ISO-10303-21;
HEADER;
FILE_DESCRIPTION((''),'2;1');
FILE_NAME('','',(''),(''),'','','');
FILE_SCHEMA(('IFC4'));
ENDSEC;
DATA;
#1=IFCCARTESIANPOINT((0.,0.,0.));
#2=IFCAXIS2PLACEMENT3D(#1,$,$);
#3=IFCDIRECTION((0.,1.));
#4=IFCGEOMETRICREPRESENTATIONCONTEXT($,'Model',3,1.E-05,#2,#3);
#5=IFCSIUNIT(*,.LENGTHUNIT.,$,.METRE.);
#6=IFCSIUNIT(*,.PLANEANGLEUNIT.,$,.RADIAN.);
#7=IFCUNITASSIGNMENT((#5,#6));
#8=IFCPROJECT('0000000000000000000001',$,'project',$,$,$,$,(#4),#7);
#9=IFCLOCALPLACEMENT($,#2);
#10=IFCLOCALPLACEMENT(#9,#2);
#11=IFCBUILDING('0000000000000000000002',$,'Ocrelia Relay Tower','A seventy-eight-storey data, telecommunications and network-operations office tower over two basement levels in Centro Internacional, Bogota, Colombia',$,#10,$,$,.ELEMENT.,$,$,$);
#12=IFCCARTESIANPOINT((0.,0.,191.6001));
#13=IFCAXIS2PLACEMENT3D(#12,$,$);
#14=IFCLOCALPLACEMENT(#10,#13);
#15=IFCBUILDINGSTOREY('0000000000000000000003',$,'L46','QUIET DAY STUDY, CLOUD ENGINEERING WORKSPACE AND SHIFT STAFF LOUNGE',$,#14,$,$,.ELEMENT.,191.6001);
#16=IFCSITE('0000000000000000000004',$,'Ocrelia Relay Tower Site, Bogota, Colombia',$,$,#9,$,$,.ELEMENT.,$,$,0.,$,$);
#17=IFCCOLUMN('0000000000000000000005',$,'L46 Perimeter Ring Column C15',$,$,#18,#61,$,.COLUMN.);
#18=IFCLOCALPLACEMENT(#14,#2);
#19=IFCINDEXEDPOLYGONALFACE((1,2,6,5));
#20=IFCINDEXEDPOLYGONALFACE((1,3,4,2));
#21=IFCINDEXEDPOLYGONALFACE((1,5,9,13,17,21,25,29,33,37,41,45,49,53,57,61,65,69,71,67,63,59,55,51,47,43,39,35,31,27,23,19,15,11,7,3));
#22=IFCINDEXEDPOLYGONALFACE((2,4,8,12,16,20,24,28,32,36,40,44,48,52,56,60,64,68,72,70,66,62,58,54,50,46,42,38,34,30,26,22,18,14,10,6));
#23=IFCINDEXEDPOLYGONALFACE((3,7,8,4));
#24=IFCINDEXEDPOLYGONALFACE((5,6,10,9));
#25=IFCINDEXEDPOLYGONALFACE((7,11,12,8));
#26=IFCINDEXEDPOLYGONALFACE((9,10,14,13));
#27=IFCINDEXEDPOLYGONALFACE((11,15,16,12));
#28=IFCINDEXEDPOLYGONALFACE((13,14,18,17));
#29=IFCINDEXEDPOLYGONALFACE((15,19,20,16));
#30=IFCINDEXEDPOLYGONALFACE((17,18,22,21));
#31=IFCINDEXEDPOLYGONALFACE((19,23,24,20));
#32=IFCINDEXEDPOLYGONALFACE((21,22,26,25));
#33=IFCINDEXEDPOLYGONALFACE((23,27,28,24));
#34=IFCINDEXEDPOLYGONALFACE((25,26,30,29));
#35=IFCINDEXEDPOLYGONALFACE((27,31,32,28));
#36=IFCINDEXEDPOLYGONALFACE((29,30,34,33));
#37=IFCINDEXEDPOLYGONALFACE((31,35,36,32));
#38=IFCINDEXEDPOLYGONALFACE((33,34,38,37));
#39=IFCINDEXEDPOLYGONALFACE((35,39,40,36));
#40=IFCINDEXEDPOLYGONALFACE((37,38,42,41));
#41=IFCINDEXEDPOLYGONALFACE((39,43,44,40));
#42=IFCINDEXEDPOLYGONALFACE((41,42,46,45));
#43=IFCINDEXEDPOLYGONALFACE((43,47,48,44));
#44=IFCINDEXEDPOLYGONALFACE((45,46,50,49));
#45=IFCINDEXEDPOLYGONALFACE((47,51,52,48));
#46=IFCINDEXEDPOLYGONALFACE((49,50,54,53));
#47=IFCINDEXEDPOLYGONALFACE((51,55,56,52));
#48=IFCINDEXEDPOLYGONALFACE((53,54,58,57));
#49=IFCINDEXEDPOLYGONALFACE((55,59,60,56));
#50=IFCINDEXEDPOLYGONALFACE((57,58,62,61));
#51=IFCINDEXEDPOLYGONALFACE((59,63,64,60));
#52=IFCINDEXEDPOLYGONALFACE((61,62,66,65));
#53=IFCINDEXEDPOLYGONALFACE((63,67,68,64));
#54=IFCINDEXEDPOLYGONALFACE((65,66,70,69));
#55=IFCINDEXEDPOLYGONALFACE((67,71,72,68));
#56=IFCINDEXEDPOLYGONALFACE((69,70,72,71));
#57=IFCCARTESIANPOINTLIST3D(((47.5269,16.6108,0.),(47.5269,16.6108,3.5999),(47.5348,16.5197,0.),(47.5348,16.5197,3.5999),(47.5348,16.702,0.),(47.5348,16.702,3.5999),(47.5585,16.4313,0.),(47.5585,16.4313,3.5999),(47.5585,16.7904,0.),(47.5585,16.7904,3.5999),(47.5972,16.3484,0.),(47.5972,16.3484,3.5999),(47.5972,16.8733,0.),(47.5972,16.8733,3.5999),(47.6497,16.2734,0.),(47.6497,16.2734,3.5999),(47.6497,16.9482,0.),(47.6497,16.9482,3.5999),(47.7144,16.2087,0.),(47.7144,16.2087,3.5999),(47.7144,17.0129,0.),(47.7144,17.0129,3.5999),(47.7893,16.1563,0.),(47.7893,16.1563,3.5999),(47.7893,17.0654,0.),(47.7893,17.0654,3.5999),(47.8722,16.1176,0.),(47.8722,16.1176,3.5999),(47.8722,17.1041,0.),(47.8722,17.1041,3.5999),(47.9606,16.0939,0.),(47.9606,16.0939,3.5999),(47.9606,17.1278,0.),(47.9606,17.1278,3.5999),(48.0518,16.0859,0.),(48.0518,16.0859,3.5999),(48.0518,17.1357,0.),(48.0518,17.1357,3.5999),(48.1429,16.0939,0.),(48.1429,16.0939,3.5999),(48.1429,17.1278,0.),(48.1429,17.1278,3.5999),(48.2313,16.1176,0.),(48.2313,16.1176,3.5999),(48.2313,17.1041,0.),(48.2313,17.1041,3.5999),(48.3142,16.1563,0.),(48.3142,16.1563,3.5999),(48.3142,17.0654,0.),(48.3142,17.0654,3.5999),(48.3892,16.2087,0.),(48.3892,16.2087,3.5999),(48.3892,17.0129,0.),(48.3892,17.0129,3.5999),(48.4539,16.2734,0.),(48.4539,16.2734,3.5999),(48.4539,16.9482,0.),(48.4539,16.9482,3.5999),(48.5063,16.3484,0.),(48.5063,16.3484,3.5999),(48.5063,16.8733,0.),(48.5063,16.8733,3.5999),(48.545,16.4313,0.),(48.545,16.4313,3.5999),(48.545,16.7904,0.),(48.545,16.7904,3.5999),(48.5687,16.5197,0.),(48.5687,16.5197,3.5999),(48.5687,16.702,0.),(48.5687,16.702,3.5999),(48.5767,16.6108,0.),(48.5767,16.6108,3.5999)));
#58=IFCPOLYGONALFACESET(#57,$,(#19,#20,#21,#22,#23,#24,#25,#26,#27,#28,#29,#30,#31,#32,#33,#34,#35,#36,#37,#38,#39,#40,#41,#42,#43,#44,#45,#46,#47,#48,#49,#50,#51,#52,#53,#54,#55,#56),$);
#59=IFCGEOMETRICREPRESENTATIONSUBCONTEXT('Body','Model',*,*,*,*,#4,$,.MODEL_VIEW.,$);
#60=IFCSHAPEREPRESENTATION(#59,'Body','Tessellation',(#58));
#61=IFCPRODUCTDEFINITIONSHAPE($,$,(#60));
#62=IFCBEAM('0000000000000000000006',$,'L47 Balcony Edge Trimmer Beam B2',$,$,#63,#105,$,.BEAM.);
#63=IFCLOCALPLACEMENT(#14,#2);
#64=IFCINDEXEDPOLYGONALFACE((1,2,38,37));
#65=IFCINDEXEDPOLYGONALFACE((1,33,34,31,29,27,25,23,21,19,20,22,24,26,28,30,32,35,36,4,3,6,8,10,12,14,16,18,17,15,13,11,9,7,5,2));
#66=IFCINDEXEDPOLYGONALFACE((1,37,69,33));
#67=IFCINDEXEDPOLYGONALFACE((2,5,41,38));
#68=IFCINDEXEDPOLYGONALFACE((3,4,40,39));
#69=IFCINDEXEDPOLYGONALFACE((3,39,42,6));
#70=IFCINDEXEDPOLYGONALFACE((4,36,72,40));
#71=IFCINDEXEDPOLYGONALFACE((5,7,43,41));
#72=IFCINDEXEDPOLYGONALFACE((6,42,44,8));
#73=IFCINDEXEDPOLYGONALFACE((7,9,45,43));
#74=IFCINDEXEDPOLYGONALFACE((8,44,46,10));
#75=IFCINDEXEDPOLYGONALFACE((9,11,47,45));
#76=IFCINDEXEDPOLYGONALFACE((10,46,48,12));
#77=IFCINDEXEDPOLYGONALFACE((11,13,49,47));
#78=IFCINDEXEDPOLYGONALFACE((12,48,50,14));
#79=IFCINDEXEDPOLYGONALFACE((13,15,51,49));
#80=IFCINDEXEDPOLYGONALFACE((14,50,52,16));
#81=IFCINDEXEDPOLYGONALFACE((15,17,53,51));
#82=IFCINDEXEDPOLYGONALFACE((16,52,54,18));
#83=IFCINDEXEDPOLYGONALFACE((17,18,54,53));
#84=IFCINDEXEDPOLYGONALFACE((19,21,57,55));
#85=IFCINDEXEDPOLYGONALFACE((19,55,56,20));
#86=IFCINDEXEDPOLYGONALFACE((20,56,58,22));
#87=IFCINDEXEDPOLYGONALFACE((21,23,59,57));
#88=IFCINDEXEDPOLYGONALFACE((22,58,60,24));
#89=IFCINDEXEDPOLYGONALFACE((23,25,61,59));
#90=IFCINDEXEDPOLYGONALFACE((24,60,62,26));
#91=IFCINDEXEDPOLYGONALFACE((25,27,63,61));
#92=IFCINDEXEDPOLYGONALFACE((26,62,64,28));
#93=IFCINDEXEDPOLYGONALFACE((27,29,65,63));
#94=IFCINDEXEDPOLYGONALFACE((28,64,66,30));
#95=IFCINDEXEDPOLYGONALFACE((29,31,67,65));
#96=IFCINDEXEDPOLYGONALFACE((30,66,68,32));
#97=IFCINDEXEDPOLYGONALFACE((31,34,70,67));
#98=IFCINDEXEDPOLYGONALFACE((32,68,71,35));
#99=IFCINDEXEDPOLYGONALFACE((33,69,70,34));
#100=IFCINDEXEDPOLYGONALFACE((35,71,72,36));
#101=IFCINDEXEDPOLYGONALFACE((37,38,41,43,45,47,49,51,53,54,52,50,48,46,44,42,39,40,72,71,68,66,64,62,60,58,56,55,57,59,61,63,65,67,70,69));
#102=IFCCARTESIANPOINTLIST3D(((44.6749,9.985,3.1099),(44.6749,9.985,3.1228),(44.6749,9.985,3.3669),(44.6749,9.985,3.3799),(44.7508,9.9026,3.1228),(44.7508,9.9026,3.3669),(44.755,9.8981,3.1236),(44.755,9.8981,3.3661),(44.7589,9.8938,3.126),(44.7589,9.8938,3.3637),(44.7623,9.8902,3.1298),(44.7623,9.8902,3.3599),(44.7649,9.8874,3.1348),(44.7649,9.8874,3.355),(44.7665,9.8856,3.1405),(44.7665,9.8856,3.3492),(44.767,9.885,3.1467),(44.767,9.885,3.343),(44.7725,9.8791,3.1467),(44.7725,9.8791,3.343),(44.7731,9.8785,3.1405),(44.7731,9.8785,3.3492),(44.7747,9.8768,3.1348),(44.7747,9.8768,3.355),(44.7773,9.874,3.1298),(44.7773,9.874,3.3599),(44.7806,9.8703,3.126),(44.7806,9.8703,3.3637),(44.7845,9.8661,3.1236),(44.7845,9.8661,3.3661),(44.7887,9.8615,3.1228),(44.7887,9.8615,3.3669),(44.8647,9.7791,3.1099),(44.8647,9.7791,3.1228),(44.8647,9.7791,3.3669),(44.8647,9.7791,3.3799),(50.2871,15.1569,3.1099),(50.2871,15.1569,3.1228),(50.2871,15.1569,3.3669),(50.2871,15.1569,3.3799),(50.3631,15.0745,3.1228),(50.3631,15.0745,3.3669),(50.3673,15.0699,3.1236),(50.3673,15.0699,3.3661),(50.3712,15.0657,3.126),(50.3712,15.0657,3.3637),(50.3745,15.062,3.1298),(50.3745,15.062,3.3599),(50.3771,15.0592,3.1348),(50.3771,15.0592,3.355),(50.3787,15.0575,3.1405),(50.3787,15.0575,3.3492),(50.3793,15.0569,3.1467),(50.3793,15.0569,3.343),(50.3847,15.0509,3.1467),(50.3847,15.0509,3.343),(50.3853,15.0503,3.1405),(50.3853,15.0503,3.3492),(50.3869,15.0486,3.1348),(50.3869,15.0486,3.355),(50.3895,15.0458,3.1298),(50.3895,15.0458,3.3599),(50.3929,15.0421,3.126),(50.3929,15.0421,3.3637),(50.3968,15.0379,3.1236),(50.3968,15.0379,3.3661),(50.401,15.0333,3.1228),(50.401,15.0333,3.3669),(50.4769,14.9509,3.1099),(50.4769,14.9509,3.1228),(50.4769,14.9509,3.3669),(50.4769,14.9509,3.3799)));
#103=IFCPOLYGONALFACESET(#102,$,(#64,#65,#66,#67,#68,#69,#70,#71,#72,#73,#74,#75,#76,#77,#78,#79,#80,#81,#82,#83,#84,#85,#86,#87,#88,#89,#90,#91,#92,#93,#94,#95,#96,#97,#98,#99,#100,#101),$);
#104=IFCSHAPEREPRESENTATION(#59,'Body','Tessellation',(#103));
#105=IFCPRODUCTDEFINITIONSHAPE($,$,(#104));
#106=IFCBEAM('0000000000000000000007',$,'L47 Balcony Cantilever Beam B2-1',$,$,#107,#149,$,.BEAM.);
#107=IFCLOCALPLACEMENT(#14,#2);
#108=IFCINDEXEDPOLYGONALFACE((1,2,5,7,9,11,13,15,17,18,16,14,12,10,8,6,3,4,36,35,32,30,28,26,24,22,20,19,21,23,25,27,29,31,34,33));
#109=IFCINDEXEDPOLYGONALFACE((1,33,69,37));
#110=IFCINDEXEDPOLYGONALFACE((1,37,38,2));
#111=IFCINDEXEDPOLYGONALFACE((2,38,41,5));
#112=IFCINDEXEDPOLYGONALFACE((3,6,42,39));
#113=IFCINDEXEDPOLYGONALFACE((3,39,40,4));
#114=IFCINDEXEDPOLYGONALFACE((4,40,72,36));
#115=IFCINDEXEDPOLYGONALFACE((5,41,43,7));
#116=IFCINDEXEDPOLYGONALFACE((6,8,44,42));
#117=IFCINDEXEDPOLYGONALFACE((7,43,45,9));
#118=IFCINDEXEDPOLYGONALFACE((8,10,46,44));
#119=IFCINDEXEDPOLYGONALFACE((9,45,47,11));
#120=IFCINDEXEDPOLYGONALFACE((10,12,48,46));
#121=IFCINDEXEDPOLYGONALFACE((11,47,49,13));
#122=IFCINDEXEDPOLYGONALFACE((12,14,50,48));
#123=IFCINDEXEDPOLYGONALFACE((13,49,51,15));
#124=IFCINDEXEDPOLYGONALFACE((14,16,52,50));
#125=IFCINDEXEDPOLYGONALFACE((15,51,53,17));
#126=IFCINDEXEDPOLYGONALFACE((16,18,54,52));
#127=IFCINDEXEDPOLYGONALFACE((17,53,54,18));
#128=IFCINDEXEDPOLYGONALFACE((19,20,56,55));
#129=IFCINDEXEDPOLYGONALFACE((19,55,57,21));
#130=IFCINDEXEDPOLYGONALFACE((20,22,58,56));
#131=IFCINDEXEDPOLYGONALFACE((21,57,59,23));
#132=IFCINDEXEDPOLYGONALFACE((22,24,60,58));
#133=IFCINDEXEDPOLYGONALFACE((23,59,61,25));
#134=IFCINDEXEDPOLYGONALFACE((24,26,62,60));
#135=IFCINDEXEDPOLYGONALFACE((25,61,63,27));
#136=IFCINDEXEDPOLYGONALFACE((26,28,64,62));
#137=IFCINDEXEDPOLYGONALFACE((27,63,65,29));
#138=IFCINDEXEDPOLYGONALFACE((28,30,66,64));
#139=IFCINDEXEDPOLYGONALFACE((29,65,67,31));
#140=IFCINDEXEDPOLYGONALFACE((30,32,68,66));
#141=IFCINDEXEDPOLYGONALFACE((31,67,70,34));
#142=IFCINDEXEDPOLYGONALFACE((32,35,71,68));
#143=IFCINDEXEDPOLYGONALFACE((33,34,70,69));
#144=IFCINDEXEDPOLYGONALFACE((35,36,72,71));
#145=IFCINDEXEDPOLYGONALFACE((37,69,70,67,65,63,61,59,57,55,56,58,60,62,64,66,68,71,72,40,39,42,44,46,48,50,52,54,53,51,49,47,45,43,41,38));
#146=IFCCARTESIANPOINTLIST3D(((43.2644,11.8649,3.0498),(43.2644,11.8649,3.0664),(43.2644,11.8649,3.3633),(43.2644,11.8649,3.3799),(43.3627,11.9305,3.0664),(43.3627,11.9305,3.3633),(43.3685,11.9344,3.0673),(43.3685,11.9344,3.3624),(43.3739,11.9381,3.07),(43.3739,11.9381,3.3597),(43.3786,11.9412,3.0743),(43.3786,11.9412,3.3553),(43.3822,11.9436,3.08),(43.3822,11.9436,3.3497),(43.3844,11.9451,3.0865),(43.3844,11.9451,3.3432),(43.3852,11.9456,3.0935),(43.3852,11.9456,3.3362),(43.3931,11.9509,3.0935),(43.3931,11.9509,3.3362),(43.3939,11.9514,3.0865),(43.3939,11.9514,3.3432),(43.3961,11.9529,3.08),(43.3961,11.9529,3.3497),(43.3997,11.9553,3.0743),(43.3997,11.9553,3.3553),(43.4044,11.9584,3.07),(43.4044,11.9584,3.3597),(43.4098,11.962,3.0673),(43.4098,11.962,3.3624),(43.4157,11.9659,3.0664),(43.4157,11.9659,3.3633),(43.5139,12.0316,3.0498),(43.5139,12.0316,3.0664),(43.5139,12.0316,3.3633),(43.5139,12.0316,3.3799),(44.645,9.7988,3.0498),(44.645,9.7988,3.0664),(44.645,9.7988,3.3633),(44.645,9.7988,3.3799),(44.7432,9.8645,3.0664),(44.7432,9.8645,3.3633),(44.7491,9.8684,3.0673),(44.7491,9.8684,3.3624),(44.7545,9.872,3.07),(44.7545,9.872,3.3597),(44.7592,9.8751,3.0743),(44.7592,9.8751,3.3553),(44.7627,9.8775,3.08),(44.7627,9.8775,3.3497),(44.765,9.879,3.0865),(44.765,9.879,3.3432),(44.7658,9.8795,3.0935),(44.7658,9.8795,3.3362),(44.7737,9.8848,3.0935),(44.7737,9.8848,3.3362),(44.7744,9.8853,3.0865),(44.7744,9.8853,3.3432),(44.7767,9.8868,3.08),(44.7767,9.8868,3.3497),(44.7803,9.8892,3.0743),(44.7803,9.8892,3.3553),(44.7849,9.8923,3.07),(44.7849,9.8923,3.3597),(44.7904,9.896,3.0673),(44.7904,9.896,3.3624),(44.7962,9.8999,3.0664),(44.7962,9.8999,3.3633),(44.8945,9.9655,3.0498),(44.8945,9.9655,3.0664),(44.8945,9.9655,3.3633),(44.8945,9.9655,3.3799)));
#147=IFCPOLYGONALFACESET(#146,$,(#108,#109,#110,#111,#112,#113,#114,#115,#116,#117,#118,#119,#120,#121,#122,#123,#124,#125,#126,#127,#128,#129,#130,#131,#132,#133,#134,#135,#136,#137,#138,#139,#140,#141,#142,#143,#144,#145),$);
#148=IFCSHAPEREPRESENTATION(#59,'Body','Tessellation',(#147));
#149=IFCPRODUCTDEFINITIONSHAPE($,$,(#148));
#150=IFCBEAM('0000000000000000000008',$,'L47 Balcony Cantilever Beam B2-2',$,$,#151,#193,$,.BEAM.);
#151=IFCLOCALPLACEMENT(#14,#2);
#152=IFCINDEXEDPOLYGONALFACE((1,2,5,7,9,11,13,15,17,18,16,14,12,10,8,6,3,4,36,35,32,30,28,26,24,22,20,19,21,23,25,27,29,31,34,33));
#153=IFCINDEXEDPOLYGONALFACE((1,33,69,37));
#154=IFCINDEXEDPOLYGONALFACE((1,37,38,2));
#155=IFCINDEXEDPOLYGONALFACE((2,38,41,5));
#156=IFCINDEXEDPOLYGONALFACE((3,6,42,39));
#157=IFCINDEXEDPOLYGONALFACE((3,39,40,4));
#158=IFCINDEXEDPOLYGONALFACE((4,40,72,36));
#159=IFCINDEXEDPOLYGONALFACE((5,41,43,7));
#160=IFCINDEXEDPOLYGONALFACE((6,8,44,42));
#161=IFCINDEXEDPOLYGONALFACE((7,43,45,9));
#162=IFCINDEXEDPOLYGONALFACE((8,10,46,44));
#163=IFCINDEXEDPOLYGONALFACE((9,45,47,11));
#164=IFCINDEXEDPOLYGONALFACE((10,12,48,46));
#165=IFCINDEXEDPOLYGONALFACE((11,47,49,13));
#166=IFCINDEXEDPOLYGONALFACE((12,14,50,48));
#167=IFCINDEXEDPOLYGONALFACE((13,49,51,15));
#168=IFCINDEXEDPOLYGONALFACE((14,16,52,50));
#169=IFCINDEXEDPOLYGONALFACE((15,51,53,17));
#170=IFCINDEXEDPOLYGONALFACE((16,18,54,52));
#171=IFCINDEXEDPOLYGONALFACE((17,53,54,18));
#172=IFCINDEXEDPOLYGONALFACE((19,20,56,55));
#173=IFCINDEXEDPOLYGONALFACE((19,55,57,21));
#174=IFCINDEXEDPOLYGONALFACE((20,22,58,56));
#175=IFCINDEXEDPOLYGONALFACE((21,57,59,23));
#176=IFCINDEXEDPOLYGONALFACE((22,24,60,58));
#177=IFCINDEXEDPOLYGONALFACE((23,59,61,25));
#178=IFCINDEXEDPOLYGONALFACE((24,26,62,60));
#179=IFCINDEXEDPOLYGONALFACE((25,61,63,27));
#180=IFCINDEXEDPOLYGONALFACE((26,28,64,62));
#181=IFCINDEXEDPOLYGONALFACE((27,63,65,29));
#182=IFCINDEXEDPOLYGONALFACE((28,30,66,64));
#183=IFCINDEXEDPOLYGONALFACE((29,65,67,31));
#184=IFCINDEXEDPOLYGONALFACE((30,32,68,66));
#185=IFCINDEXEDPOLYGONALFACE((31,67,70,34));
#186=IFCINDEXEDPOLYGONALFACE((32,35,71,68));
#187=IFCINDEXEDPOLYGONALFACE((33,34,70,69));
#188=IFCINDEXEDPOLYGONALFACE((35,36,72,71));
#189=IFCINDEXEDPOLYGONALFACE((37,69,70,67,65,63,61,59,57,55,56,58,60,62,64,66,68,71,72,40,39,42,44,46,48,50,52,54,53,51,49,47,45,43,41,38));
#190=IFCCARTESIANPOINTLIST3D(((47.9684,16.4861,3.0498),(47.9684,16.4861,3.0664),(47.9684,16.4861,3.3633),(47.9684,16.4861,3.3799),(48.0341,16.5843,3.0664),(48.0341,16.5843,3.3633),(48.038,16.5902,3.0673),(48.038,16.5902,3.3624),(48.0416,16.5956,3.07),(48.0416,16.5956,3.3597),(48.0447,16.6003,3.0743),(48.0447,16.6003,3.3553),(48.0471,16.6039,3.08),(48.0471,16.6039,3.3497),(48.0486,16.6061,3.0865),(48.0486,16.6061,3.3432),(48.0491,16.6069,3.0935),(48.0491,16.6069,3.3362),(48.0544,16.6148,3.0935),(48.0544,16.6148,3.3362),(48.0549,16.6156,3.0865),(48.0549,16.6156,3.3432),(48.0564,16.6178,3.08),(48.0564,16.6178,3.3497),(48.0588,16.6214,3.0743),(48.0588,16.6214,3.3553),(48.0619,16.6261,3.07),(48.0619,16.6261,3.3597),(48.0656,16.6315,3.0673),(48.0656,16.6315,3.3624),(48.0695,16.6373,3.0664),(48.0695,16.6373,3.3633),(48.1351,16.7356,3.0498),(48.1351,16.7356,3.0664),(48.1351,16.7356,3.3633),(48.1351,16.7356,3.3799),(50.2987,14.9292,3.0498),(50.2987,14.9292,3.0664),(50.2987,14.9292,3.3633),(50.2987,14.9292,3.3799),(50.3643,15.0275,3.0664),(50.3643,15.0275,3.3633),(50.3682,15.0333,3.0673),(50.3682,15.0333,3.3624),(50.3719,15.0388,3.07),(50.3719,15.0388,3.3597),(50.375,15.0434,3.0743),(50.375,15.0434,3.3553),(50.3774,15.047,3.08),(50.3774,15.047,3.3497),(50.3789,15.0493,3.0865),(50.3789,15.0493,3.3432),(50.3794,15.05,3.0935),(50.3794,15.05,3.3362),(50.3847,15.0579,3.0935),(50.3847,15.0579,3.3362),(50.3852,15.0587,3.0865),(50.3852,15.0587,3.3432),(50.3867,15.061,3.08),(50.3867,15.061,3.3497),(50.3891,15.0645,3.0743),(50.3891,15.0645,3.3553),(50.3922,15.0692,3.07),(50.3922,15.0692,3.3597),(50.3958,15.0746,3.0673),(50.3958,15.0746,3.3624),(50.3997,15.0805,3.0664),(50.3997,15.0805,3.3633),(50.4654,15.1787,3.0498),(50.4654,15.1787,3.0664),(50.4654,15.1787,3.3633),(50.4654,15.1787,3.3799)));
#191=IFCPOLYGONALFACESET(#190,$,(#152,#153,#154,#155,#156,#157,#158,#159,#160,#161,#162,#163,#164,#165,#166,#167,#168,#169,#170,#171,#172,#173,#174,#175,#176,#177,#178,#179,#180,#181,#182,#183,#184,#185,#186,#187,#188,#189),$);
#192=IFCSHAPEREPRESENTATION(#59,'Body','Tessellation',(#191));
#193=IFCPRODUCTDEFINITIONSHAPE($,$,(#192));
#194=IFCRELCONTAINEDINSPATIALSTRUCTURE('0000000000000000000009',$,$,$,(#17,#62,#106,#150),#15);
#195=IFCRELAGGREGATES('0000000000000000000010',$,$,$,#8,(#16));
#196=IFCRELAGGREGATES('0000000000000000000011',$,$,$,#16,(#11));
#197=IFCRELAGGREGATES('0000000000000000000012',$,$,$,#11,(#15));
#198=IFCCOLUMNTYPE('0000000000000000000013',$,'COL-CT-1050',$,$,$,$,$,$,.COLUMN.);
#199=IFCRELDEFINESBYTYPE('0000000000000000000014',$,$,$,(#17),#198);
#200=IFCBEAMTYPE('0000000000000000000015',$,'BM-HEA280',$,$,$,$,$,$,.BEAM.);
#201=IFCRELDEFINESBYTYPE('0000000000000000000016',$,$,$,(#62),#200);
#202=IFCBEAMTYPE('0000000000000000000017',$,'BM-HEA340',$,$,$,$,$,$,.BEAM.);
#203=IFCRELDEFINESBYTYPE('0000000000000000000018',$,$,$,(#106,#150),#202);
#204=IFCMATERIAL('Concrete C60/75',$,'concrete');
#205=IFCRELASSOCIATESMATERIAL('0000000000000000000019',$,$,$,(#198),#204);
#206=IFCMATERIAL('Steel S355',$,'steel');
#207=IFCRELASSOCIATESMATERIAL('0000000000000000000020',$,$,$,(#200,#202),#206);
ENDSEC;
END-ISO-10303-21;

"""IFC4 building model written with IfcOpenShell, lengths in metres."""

from ifc_helpers import new_model, si_unit, direction, frame, origin, origin_2d, place, context, subcontext, project, spatial, circle, i_section, extrude, material, material_profile, profile_set, type_object, element, save


model = new_model("IFC4")

# Units and contexts
model_context = context("Model", 3, precision=1e-05, world=origin(), true_north=direction((0.0, 1.0)))
body_context = subcontext(model_context, "Body", "Model", "MODEL_VIEW")
ifc_project = project(units=[si_unit("LENGTHUNIT", "METRE"), si_unit("PLANEANGLEUNIT", "RADIAN")], contexts=[model_context])

# Site, building, storey
site_placement = place(None, origin())
site = spatial("IfcSite", under=ifc_project, at=site_placement, Name="Ocrelia Relay Tower Site, Bogota, Colombia", CompositionType="ELEMENT", RefElevation=0.0)
building_placement = place(site_placement, origin())
building = spatial("IfcBuilding", under=site, at=building_placement, Name="Ocrelia Relay Tower", Description="A seventy-eight-storey data, telecommunications and network-operations office tower over two basement levels in Centro Internacional, Bogota, Colombia", CompositionType="ELEMENT")
storey_placement = place(building_placement, frame((0.0, 0.0, 191.6001)))
storey = spatial("IfcBuildingStorey", under=building, at=storey_placement, Name="L46", Description="QUIET DAY STUDY, CLOUD ENGINEERING WORKSPACE AND SHIFT STAFF LOUNGE", CompositionType="ELEMENT", Elevation=191.6001)

# Column
ifc_material_1 = material(Name="Concrete C60/75", Category="concrete")
ifc_material_profile_1 = material_profile(ifc_material_1, circle(Radius=0.5249, at=origin_2d()), Name="RC-CIR-1050")
ifc_profile_set_1 = profile_set([ifc_material_profile_1], Name="Concrete C60/75")
column_type = type_object("IfcColumnType", Name="COL-CT-1050", PredefinedType="COLUMN", material=ifc_profile_set_1)
column_placement = place(storey_placement, frame((48.0518, 16.6108, 0.0), z_axis=(0.0, 0.0, 1.0), x_axis=(1.0, 0.0, 0.0)))
element("IfcColumn", 1, at=column_placement, inside=storey, type_object=column_type, Name="L46 Perimeter Ring Column C15", PredefinedType="COLUMN", context=body_context, shape_type="SweptSolid", body=[
    extrude(circle(Radius=0.5249, at=origin_2d()), origin(), (0.0, 0.0, 1.0), 3.5999),
])

# Beams
ifc_material_2 = material(Name="Steel S355", Category="steel")
ifc_material_profile_2 = material_profile(ifc_material_2, i_section(OverallWidth=0.28, OverallDepth=0.27, WebThickness=0.0081, FlangeThickness=0.0129, FilletRadius=0.0239, at=origin_2d()), Name="HEA 280")
ifc_profile_set_2 = profile_set([ifc_material_profile_2], Name="Steel S355")
beam_type_1 = type_object("IfcBeamType", Name="BM-HEA280", PredefinedType="BEAM", material=ifc_profile_set_2)
beam_1_placement = place(storey_placement, frame((44.7698, 9.8821, 3.2449), z_axis=(0.735372, 0.677663, 0.0), x_axis=(-0.677663, 0.735372, 0.0)))
element("IfcBeam", 2, at=beam_1_placement, inside=storey, type_object=beam_type_1, Name="L47 Balcony Edge Trimmer Beam B2", PredefinedType="BEAM", context=body_context, shape_type="SweptSolid", body=[
    extrude(i_section(OverallWidth=0.28, OverallDepth=0.27, WebThickness=0.0081, FlangeThickness=0.0129, FilletRadius=0.0239, at=origin_2d()), origin(), (0.0, 0.0, 1.0), 7.6318),
])
ifc_material_profile_3 = material_profile(ifc_material_2, i_section(OverallWidth=0.3, OverallDepth=0.3301, WebThickness=0.0095, FlangeThickness=0.0166, FilletRadius=0.0271, at=origin_2d()), Name="HEA 340")
ifc_profile_set_3 = profile_set([ifc_material_profile_3], Name="Steel S355")
beam_type_2 = type_object("IfcBeamType", Name="BM-HEA340", PredefinedType="BEAM", material=ifc_profile_set_3)
beam_2_placement = place(storey_placement, frame((43.3892, 11.9482, 3.2148), z_axis=(0.555584, -0.83146, 0.0), x_axis=(0.83146, 0.555584, 0.0)))
element("IfcBeam", 3, at=beam_2_placement, inside=storey, type_object=beam_type_2, Name="L47 Balcony Cantilever Beam B2-1", PredefinedType="BEAM", context=body_context, shape_type="SweptSolid", body=[
    extrude(i_section(OverallWidth=0.3, OverallDepth=0.3301, WebThickness=0.0095, FlangeThickness=0.0166, FilletRadius=0.0271, at=origin_2d()), origin(), (0.0, 0.0, 1.0), 2.4849),
])
beam_3_placement = place(storey_placement, frame((48.0518, 16.6108, 3.2148), z_axis=(0.8315, -0.555524, 0.0), x_axis=(0.555524, 0.8315, 0.0)))
element("IfcBeam", 4, at=beam_3_placement, inside=storey, type_object=beam_type_2, Name="L47 Balcony Cantilever Beam B2-2", PredefinedType="BEAM", context=body_context, shape_type="SweptSolid", body=[
    extrude(i_section(OverallWidth=0.3, OverallDepth=0.3301, WebThickness=0.0095, FlangeThickness=0.0166, FilletRadius=0.0271, at=origin_2d()), origin(), (0.0, 0.0, 1.0), 2.8025),
])

save(model, "model.ifc")
